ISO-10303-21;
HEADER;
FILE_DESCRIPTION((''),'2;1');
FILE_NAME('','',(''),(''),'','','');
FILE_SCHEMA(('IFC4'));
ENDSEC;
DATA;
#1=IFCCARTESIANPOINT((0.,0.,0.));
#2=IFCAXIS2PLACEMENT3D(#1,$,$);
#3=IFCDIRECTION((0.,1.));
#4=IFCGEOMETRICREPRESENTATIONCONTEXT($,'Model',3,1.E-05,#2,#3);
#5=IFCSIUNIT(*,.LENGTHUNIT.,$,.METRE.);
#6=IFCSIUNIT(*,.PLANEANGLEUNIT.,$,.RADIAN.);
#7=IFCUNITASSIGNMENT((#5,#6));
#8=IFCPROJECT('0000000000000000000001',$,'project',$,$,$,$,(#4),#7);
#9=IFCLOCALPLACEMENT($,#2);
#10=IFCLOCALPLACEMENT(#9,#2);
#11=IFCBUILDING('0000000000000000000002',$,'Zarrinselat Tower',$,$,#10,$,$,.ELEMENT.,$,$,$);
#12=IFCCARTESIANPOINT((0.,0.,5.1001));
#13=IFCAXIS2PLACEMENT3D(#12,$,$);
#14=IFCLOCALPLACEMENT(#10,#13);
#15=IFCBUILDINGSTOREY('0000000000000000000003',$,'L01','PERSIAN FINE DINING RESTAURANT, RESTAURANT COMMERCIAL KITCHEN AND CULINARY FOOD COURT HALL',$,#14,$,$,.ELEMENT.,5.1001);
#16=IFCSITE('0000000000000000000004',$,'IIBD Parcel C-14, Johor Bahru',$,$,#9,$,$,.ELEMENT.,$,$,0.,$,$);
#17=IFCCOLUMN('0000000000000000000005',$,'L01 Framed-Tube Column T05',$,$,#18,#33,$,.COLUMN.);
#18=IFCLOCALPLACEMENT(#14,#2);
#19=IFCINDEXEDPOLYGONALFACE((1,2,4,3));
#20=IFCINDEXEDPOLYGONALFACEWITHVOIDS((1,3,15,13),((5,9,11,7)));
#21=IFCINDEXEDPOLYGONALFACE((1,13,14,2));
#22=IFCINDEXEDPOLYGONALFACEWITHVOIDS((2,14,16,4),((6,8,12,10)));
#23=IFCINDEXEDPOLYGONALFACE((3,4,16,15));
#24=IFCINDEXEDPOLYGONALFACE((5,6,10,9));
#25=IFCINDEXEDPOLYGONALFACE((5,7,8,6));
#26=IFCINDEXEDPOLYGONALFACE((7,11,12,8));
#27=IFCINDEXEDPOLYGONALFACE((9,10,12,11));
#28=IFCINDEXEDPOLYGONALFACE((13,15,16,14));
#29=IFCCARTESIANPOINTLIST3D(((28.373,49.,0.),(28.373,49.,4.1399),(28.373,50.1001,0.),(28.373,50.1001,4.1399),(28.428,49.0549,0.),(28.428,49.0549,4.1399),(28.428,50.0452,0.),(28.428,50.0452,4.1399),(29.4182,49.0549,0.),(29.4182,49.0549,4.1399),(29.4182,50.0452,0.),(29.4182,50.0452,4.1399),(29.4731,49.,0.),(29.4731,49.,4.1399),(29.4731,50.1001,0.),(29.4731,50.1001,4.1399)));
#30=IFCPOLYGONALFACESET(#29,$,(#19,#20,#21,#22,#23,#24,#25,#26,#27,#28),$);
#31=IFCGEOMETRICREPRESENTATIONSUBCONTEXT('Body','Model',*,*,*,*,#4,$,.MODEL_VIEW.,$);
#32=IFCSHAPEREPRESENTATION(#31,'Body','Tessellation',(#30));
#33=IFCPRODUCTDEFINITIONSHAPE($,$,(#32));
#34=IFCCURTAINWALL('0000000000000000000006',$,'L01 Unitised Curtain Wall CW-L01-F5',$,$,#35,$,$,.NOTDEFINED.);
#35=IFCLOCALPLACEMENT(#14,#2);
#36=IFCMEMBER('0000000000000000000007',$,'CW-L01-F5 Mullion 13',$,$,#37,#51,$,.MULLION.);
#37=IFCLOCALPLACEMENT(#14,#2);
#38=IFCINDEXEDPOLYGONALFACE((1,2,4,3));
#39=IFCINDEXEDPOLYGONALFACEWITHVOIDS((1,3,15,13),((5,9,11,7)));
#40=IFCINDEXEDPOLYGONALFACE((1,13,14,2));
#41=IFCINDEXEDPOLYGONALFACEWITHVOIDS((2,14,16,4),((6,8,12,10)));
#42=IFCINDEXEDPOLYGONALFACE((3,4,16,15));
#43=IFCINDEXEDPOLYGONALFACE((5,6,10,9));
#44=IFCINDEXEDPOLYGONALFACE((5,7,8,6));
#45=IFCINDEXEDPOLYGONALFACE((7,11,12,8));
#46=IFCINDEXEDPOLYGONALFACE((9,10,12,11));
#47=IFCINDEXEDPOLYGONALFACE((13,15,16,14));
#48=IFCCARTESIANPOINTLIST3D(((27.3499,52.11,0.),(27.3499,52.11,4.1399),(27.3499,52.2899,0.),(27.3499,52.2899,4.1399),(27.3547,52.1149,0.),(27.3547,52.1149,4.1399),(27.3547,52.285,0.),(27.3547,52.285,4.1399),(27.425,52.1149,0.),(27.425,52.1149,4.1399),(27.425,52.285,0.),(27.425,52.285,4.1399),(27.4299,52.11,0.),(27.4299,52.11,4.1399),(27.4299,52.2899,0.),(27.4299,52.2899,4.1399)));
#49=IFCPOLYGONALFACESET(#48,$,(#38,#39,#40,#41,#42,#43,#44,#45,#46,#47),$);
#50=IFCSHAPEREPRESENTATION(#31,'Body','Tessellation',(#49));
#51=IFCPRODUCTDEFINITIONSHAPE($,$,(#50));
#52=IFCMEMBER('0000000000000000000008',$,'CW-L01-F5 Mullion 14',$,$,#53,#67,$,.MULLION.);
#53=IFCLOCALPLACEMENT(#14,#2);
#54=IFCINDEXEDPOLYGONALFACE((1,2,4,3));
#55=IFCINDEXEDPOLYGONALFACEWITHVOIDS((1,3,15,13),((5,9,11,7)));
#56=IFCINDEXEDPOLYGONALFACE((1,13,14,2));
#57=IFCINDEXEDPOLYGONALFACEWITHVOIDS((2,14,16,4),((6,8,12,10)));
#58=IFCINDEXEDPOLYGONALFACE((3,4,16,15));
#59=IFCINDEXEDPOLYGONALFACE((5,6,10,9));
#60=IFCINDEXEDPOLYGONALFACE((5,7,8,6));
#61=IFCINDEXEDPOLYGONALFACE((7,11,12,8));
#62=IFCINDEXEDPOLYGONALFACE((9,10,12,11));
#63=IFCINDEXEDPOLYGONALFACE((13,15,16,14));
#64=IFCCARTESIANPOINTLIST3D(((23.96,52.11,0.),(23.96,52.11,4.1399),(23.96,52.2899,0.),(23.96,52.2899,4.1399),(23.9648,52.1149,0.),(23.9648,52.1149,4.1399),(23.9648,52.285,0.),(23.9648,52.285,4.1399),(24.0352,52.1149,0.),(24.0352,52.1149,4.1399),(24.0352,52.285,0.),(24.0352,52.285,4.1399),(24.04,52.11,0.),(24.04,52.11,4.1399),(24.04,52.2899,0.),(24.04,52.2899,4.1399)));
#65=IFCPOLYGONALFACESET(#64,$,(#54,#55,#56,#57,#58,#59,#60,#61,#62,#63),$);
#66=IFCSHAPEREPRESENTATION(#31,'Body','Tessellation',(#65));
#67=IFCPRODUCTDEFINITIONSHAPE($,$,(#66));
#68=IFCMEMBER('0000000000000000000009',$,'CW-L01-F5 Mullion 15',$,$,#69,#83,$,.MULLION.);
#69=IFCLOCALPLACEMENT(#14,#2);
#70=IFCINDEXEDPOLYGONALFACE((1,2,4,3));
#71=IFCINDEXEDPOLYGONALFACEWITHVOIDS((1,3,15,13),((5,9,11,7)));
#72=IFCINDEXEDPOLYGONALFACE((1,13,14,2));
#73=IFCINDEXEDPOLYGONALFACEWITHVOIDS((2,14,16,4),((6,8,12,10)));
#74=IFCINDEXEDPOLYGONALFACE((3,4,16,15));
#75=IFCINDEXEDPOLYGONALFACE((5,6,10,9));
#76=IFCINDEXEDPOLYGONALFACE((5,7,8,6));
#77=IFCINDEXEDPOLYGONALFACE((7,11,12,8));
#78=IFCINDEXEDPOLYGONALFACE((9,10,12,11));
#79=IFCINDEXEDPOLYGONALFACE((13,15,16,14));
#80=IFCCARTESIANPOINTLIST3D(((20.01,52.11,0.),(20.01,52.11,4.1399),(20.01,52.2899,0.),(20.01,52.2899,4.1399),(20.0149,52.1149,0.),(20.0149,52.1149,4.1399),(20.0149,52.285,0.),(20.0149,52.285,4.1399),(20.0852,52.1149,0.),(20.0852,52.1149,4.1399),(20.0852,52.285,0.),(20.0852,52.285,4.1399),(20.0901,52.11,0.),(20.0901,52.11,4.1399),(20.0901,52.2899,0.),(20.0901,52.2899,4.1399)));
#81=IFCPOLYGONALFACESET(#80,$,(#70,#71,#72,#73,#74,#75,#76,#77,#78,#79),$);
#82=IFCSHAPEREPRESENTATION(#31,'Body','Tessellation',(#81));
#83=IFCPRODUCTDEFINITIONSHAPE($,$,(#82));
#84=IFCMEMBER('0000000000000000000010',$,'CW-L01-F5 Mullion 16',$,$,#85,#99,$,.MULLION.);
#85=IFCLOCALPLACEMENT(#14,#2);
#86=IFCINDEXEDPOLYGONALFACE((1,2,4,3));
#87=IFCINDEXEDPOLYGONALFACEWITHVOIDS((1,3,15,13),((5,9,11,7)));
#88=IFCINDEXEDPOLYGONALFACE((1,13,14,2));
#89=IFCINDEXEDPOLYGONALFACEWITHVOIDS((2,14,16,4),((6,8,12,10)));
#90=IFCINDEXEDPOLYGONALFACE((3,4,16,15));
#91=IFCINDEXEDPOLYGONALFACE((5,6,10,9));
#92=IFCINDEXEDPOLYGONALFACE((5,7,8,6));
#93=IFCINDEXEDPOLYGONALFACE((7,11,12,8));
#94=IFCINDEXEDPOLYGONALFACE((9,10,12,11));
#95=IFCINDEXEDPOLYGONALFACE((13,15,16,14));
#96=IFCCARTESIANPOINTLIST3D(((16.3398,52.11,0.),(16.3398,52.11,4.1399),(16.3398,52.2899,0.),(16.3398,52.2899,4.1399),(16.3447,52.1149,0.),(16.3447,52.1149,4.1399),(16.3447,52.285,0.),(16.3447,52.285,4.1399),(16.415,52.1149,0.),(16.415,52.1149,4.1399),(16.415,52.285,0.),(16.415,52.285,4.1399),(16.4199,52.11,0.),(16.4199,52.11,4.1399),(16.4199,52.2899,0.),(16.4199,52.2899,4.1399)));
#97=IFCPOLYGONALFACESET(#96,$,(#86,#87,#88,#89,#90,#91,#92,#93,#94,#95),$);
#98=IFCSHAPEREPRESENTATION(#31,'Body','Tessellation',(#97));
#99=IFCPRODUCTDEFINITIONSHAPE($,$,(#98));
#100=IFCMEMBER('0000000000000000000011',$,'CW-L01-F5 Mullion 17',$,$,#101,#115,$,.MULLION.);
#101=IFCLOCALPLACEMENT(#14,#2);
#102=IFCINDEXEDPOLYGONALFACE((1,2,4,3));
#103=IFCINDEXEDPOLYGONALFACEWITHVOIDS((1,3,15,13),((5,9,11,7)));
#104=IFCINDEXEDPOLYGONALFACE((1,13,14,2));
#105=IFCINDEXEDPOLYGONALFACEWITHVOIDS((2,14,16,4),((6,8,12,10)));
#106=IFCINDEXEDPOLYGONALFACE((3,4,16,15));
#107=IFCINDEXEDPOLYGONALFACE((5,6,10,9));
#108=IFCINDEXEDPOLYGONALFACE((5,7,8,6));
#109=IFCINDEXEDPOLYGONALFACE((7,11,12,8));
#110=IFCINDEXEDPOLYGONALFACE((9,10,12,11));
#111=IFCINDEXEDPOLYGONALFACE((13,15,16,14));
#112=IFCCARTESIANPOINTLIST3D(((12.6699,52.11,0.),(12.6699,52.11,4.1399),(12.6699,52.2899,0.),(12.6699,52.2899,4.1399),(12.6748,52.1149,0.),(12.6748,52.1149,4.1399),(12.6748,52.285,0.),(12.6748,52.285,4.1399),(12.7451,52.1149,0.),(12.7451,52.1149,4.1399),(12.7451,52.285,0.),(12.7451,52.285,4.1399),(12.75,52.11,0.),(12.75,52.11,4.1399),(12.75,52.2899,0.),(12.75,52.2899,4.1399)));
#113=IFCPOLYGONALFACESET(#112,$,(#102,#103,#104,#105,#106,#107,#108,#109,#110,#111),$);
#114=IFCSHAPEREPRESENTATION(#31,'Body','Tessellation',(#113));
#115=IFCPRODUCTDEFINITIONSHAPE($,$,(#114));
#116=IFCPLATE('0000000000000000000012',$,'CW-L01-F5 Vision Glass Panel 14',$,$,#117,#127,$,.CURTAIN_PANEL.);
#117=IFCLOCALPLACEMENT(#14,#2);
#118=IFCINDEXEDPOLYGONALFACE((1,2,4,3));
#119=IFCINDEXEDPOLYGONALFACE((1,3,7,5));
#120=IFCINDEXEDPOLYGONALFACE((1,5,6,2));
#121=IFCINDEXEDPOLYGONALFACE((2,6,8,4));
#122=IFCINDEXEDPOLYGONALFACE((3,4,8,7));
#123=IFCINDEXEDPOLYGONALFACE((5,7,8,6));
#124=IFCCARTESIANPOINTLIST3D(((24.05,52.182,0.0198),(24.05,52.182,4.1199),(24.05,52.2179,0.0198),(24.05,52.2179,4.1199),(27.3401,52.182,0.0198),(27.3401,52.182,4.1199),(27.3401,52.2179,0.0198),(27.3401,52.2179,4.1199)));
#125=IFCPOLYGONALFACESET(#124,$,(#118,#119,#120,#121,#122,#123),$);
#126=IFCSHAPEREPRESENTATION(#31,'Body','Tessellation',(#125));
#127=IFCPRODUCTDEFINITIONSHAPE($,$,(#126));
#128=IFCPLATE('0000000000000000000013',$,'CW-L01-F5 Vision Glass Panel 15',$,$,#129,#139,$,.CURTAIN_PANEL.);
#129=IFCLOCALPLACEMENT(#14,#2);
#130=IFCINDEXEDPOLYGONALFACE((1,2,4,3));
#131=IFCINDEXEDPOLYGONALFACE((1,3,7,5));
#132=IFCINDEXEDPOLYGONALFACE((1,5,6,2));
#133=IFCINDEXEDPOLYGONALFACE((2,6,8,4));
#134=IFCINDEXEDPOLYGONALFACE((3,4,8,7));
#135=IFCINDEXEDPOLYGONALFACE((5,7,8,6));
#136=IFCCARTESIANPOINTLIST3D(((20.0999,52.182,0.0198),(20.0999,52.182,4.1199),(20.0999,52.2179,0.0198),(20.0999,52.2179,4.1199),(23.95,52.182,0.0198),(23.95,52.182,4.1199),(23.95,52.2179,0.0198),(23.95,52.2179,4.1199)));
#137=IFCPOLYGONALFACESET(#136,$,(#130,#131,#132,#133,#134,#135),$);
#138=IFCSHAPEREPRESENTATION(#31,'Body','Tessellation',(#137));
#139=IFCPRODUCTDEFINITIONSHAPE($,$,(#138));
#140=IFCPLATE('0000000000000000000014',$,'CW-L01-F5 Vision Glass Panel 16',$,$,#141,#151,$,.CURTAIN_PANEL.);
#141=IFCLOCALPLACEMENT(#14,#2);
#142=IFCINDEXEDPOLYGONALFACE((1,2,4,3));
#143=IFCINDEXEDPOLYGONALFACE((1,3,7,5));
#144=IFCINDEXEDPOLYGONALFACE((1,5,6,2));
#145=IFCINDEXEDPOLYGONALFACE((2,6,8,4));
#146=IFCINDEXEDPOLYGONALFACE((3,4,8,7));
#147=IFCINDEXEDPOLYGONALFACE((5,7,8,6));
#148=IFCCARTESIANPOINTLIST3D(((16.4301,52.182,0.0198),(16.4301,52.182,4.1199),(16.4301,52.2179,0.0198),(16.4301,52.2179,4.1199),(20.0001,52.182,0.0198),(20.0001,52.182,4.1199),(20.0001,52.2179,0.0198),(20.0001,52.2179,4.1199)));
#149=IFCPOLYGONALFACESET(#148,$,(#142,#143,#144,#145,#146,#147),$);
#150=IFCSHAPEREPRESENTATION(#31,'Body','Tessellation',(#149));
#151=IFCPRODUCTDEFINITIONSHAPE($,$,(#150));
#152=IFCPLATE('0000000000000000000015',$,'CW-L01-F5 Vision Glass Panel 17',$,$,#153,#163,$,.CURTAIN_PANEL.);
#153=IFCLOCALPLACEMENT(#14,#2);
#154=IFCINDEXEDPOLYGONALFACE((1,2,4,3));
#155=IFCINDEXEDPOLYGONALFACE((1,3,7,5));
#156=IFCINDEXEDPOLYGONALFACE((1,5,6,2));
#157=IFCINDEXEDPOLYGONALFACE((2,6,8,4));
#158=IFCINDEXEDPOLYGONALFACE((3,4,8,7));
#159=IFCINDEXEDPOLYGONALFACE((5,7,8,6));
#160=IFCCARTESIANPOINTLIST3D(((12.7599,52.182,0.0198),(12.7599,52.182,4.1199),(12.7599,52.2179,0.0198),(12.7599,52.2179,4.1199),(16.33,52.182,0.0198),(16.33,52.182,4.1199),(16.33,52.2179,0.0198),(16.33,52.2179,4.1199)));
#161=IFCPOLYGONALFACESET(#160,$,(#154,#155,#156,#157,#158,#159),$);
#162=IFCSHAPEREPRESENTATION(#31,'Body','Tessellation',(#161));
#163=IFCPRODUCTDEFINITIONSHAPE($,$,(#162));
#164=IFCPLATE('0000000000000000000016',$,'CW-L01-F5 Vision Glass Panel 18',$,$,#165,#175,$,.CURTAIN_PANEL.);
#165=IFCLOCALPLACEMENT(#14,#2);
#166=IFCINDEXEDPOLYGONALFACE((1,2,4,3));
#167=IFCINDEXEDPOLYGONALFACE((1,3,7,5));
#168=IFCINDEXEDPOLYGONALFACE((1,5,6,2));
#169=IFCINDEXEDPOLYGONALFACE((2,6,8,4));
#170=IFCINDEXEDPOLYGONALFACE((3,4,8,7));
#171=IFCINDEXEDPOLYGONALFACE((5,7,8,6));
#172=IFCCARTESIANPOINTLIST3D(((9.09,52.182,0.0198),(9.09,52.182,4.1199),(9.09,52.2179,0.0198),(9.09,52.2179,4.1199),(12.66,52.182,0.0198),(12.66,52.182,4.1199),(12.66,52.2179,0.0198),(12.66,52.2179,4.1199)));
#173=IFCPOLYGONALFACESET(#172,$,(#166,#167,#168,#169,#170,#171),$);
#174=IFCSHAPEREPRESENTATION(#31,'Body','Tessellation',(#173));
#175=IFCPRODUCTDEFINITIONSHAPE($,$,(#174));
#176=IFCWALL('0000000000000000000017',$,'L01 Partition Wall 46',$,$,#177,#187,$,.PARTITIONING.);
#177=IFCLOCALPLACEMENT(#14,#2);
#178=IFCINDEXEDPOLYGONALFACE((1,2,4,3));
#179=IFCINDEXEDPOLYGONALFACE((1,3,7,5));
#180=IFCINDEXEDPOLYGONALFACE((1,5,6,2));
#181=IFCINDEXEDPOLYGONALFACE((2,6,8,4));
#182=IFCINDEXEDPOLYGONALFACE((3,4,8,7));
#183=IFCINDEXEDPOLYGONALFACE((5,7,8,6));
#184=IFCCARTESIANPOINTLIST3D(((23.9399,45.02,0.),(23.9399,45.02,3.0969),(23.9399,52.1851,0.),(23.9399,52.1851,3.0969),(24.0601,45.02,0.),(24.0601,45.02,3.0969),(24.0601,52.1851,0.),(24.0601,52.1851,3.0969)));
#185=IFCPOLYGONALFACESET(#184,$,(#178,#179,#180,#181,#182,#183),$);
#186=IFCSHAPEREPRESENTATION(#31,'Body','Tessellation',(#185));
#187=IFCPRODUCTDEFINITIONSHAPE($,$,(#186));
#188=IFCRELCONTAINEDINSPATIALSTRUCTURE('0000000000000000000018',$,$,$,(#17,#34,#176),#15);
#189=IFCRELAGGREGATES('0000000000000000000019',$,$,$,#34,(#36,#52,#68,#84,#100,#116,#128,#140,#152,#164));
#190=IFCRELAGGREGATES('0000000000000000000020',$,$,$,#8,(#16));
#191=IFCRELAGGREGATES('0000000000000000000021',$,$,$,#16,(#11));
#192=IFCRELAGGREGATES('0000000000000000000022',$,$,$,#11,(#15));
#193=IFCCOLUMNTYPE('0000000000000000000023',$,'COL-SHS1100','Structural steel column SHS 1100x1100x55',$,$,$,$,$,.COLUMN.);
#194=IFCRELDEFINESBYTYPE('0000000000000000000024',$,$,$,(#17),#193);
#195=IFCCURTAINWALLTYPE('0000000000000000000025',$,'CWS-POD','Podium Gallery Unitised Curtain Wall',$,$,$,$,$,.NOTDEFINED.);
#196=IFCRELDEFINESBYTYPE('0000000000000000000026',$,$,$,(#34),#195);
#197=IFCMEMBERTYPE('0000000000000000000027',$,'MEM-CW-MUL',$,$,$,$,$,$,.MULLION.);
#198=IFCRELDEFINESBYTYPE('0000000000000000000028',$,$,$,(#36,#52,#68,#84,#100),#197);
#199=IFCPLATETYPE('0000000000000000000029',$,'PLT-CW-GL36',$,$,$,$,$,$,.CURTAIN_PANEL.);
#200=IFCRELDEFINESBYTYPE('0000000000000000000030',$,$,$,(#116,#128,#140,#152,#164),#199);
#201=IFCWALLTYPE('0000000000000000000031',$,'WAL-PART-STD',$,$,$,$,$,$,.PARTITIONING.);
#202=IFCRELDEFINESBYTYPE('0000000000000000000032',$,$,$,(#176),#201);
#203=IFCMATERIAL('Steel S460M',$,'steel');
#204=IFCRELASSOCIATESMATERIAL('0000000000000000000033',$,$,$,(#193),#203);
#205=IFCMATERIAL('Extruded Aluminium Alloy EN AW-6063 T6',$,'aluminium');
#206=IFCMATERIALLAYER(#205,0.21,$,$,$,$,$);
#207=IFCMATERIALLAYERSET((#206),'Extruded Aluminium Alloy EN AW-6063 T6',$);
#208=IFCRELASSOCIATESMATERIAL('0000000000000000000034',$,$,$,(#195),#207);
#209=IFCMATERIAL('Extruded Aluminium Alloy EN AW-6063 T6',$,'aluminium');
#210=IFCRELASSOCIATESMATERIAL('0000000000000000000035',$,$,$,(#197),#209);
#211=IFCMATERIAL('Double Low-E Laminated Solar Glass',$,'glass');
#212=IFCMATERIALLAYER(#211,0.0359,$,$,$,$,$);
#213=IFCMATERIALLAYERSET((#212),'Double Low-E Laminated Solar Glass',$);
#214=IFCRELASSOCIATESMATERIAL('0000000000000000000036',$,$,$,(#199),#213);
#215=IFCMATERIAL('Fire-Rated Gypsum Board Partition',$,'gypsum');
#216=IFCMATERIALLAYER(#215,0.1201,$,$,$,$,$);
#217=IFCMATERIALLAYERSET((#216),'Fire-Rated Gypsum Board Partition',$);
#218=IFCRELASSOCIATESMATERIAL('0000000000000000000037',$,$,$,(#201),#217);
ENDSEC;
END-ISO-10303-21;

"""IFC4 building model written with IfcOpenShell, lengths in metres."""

from ifc_helpers import new_model, si_unit, direction, frame, frame_2d, origin, origin_2d, place, context, subcontext, project, spatial, rectangle, hollow_rectangle, extrude, material, layer, layer_set, material_profile, profile_set, type_object, element, aggregate, save


model = new_model("IFC4")

# Units and contexts
model_context = context("Model", 3, precision=1e-05, world=origin(), true_north=direction((0.0, 1.0)))
body_context = subcontext(model_context, "Body", "Model", "MODEL_VIEW")
ifc_project = project(units=[si_unit("LENGTHUNIT", "METRE"), si_unit("PLANEANGLEUNIT", "RADIAN")], contexts=[model_context])

# Site, building, storey
site_placement = place(None, origin())
site = spatial("IfcSite", under=ifc_project, at=site_placement, Name="IIBD Parcel C-14, Johor Bahru", CompositionType="ELEMENT", RefElevation=0.0)
building_placement = place(site_placement, origin())
building = spatial("IfcBuilding", under=site, at=building_placement, Name="Zarrinselat Tower", CompositionType="ELEMENT")
storey_placement = place(building_placement, frame((0.0, 0.0, 5.1001)))
storey = spatial("IfcBuildingStorey", under=building, at=storey_placement, Name="L01", Description="PERSIAN FINE DINING RESTAURANT, RESTAURANT COMMERCIAL KITCHEN AND CULINARY FOOD COURT HALL", CompositionType="ELEMENT", Elevation=5.1001)

# Column
ifc_material_1 = material(Name="Steel S460M", Category="steel")
ifc_material_profile_1 = material_profile(ifc_material_1, hollow_rectangle(XDim=1.1001, YDim=1.1001, WallThickness=0.0549, at=origin_2d()), Name="SHS 1100x1100x55")
ifc_profile_set_1 = profile_set([ifc_material_profile_1], Name="Steel S460M")
column_type = type_object("IfcColumnType", Name="COL-SHS1100", Description="Structural steel column SHS 1100x1100x55", PredefinedType="COLUMN", material=ifc_profile_set_1)
column_placement = place(storey_placement, frame((28.9231, 49.55, 0.0), z_axis=(0.0, 0.0, 1.0), x_axis=(1.0, 0.0, 0.0)))
element("IfcColumn", 1, at=column_placement, inside=storey, type_object=column_type, Name="L01 Framed-Tube Column T05", PredefinedType="COLUMN", context=body_context, shape_type="SweptSolid", body=[
    extrude(hollow_rectangle(XDim=1.1001, YDim=1.1001, WallThickness=0.0549, at=origin_2d()), origin(), (0.0, 0.0, 1.0), 4.1399),
])

# Curtain wall, members, plates
ifc_material_2 = material(Name="Extruded Aluminium Alloy EN AW-6063 T6", Category="aluminium")
ifc_layer_1 = layer(ifc_material_2, 0.21)
ifc_layer_set_1 = layer_set([ifc_layer_1], Name="Extruded Aluminium Alloy EN AW-6063 T6")
curtain_wall_type = type_object("IfcCurtainWallType", Name="CWS-POD", Description="Podium Gallery Unitised Curtain Wall", PredefinedType="NOTDEFINED", material=ifc_layer_set_1)
curtain_wall_placement = place(storey_placement, origin())
curtain_wall = element("IfcCurtainWall", 2, at=curtain_wall_placement, inside=storey, type_object=curtain_wall_type, Name="L01 Unitised Curtain Wall CW-L01-F5", PredefinedType="NOTDEFINED")
ifc_material_3 = material(Name="Extruded Aluminium Alloy EN AW-6063 T6", Category="aluminium")
ifc_material_profile_2 = material_profile(ifc_material_3, hollow_rectangle(XDim=0.0801, YDim=0.1799, WallThickness=0.0049, at=origin_2d()), Name="RHS 180x80x5")
ifc_profile_set_2 = profile_set([ifc_material_profile_2], Name="Extruded Aluminium Alloy EN AW-6063 T6")
member_type = type_object("IfcMemberType", Name="MEM-CW-MUL", PredefinedType="MULLION", material=ifc_profile_set_2)
member_1_placement = place(storey_placement, frame((27.3899, 52.2, 0.0), z_axis=(0.0, 0.0, 1.0), x_axis=(-1.0, 0.0, 0.0)))
member_1 = element("IfcMember", 3, at=member_1_placement, type_object=member_type, Name="CW-L01-F5 Mullion 13", PredefinedType="MULLION", context=body_context, shape_type="SweptSolid", body=[
    extrude(hollow_rectangle(XDim=0.0801, YDim=0.1799, WallThickness=0.0049, at=origin_2d()), origin(), (0.0, 0.0, 1.0), 4.1399),
])
member_2_placement = place(storey_placement, frame((24.0, 52.2, 0.0), z_axis=(0.0, 0.0, 1.0), x_axis=(-1.0, 0.0, 0.0)))
member_2 = element("IfcMember", 4, at=member_2_placement, type_object=member_type, Name="CW-L01-F5 Mullion 14", PredefinedType="MULLION", context=body_context, shape_type="SweptSolid", body=[
    extrude(hollow_rectangle(XDim=0.0801, YDim=0.1799, WallThickness=0.0049, at=origin_2d()), origin(), (0.0, 0.0, 1.0), 4.1399),
])
member_3_placement = place(storey_placement, frame((20.05, 52.2, 0.0), z_axis=(0.0, 0.0, 1.0), x_axis=(-1.0, 0.0, 0.0)))
member_3 = element("IfcMember", 5, at=member_3_placement, type_object=member_type, Name="CW-L01-F5 Mullion 15", PredefinedType="MULLION", context=body_context, shape_type="SweptSolid", body=[
    extrude(hollow_rectangle(XDim=0.0801, YDim=0.1799, WallThickness=0.0049, at=origin_2d()), origin(), (0.0, 0.0, 1.0), 4.1399),
])
member_4_placement = place(storey_placement, frame((16.3799, 52.2, 0.0), z_axis=(0.0, 0.0, 1.0), x_axis=(-1.0, 0.0, 0.0)))
member_4 = element("IfcMember", 6, at=member_4_placement, type_object=member_type, Name="CW-L01-F5 Mullion 16", PredefinedType="MULLION", context=body_context, shape_type="SweptSolid", body=[
    extrude(hollow_rectangle(XDim=0.0801, YDim=0.1799, WallThickness=0.0049, at=origin_2d()), origin(), (0.0, 0.0, 1.0), 4.1399),
])
member_5_placement = place(storey_placement, frame((12.71, 52.2, 0.0), z_axis=(0.0, 0.0, 1.0), x_axis=(-1.0, 0.0, 0.0)))
member_5 = element("IfcMember", 7, at=member_5_placement, type_object=member_type, Name="CW-L01-F5 Mullion 17", PredefinedType="MULLION", context=body_context, shape_type="SweptSolid", body=[
    extrude(hollow_rectangle(XDim=0.0801, YDim=0.1799, WallThickness=0.0049, at=origin_2d()), origin(), (0.0, 0.0, 1.0), 4.1399),
])
ifc_material_4 = material(Name="Double Low-E Laminated Solar Glass", Category="glass")
ifc_layer_2 = layer(ifc_material_4, 0.0359)
ifc_layer_set_2 = layer_set([ifc_layer_2], Name="Double Low-E Laminated Solar Glass")
plate_type = type_object("IfcPlateType", Name="PLT-CW-GL36", PredefinedType="CURTAIN_PANEL", material=ifc_layer_set_2)
plate_1_placement = place(storey_placement, frame((25.6951, 52.2, 0.0198), z_axis=(0.0, 0.0, 1.0), x_axis=(-1.0, 0.0, 0.0)))
plate_1 = element("IfcPlate", 8, at=plate_1_placement, type_object=plate_type, Name="CW-L01-F5 Vision Glass Panel 14", PredefinedType="CURTAIN_PANEL", context=body_context, shape_type="SweptSolid", body=[
    extrude(rectangle(XDim=3.29, YDim=0.0359, at=origin_2d()), origin(), (0.0, 0.0, 1.0), 4.1001),
])
plate_2_placement = place(storey_placement, frame((22.0249, 52.2, 0.0198), z_axis=(0.0, 0.0, 1.0), x_axis=(-1.0, 0.0, 0.0)))
plate_2 = element("IfcPlate", 9, at=plate_2_placement, type_object=plate_type, Name="CW-L01-F5 Vision Glass Panel 15", PredefinedType="CURTAIN_PANEL", context=body_context, shape_type="SweptSolid", body=[
    extrude(rectangle(XDim=3.8501, YDim=0.0359, at=origin_2d()), origin(), (0.0, 0.0, 1.0), 4.1001),
])
plate_3_placement = place(storey_placement, frame((18.2151, 52.2, 0.0198), z_axis=(0.0, 0.0, 1.0), x_axis=(-1.0, 0.0, 0.0)))
plate_3 = element("IfcPlate", 10, at=plate_3_placement, type_object=plate_type, Name="CW-L01-F5 Vision Glass Panel 16", PredefinedType="CURTAIN_PANEL", context=body_context, shape_type="SweptSolid", body=[
    extrude(rectangle(XDim=3.5701, YDim=0.0359, at=origin_2d()), origin(), (0.0, 0.0, 1.0), 4.1001),
])
plate_4_placement = place(storey_placement, frame((14.5449, 52.2, 0.0198), z_axis=(0.0, 0.0, 1.0), x_axis=(-1.0, 0.0, 0.0)))
plate_4 = element("IfcPlate", 11, at=plate_4_placement, type_object=plate_type, Name="CW-L01-F5 Vision Glass Panel 17", PredefinedType="CURTAIN_PANEL", context=body_context, shape_type="SweptSolid", body=[
    extrude(rectangle(XDim=3.5701, YDim=0.0359, at=origin_2d()), origin(), (0.0, 0.0, 1.0), 4.1001),
])
plate_5_placement = place(storey_placement, frame((10.875, 52.2, 0.0198), z_axis=(0.0, 0.0, 1.0), x_axis=(-1.0, 0.0, 0.0)))
plate_5 = element("IfcPlate", 12, at=plate_5_placement, type_object=plate_type, Name="CW-L01-F5 Vision Glass Panel 18", PredefinedType="CURTAIN_PANEL", context=body_context, shape_type="SweptSolid", body=[
    extrude(rectangle(XDim=3.5701, YDim=0.0359, at=origin_2d()), origin(), (0.0, 0.0, 1.0), 4.1001),
])
aggregate(curtain_wall, [member_1, member_2, member_3, member_4, member_5, plate_1, plate_2, plate_3, plate_4, plate_5])

# Wall
ifc_material_5 = material(Name="Fire-Rated Gypsum Board Partition", Category="gypsum")
ifc_layer_3 = layer(ifc_material_5, 0.1201)
ifc_layer_set_3 = layer_set([ifc_layer_3], Name="Fire-Rated Gypsum Board Partition")
wall_type_1 = type_object("IfcWallType", Name="WAL-PART-STD", PredefinedType="PARTITIONING", material=ifc_layer_set_3)
wall_1_placement = place(storey_placement, frame((24.0, 45.02, 0.0), z_axis=(0.0, 0.0, 1.0), x_axis=(0.0, 1.0, 0.0)))
element("IfcWall", 13, at=wall_1_placement, inside=storey, type_object=wall_type_1, Name="L01 Partition Wall 46", PredefinedType="PARTITIONING", context=body_context, shape_type="SweptSolid", body=[
    extrude(rectangle(XDim=7.165, YDim=0.1201, at=frame_2d((3.5825, 0.0))), origin(), (0.0, 0.0, 1.0), 3.0969),
])

save(model, "model.ifc")
